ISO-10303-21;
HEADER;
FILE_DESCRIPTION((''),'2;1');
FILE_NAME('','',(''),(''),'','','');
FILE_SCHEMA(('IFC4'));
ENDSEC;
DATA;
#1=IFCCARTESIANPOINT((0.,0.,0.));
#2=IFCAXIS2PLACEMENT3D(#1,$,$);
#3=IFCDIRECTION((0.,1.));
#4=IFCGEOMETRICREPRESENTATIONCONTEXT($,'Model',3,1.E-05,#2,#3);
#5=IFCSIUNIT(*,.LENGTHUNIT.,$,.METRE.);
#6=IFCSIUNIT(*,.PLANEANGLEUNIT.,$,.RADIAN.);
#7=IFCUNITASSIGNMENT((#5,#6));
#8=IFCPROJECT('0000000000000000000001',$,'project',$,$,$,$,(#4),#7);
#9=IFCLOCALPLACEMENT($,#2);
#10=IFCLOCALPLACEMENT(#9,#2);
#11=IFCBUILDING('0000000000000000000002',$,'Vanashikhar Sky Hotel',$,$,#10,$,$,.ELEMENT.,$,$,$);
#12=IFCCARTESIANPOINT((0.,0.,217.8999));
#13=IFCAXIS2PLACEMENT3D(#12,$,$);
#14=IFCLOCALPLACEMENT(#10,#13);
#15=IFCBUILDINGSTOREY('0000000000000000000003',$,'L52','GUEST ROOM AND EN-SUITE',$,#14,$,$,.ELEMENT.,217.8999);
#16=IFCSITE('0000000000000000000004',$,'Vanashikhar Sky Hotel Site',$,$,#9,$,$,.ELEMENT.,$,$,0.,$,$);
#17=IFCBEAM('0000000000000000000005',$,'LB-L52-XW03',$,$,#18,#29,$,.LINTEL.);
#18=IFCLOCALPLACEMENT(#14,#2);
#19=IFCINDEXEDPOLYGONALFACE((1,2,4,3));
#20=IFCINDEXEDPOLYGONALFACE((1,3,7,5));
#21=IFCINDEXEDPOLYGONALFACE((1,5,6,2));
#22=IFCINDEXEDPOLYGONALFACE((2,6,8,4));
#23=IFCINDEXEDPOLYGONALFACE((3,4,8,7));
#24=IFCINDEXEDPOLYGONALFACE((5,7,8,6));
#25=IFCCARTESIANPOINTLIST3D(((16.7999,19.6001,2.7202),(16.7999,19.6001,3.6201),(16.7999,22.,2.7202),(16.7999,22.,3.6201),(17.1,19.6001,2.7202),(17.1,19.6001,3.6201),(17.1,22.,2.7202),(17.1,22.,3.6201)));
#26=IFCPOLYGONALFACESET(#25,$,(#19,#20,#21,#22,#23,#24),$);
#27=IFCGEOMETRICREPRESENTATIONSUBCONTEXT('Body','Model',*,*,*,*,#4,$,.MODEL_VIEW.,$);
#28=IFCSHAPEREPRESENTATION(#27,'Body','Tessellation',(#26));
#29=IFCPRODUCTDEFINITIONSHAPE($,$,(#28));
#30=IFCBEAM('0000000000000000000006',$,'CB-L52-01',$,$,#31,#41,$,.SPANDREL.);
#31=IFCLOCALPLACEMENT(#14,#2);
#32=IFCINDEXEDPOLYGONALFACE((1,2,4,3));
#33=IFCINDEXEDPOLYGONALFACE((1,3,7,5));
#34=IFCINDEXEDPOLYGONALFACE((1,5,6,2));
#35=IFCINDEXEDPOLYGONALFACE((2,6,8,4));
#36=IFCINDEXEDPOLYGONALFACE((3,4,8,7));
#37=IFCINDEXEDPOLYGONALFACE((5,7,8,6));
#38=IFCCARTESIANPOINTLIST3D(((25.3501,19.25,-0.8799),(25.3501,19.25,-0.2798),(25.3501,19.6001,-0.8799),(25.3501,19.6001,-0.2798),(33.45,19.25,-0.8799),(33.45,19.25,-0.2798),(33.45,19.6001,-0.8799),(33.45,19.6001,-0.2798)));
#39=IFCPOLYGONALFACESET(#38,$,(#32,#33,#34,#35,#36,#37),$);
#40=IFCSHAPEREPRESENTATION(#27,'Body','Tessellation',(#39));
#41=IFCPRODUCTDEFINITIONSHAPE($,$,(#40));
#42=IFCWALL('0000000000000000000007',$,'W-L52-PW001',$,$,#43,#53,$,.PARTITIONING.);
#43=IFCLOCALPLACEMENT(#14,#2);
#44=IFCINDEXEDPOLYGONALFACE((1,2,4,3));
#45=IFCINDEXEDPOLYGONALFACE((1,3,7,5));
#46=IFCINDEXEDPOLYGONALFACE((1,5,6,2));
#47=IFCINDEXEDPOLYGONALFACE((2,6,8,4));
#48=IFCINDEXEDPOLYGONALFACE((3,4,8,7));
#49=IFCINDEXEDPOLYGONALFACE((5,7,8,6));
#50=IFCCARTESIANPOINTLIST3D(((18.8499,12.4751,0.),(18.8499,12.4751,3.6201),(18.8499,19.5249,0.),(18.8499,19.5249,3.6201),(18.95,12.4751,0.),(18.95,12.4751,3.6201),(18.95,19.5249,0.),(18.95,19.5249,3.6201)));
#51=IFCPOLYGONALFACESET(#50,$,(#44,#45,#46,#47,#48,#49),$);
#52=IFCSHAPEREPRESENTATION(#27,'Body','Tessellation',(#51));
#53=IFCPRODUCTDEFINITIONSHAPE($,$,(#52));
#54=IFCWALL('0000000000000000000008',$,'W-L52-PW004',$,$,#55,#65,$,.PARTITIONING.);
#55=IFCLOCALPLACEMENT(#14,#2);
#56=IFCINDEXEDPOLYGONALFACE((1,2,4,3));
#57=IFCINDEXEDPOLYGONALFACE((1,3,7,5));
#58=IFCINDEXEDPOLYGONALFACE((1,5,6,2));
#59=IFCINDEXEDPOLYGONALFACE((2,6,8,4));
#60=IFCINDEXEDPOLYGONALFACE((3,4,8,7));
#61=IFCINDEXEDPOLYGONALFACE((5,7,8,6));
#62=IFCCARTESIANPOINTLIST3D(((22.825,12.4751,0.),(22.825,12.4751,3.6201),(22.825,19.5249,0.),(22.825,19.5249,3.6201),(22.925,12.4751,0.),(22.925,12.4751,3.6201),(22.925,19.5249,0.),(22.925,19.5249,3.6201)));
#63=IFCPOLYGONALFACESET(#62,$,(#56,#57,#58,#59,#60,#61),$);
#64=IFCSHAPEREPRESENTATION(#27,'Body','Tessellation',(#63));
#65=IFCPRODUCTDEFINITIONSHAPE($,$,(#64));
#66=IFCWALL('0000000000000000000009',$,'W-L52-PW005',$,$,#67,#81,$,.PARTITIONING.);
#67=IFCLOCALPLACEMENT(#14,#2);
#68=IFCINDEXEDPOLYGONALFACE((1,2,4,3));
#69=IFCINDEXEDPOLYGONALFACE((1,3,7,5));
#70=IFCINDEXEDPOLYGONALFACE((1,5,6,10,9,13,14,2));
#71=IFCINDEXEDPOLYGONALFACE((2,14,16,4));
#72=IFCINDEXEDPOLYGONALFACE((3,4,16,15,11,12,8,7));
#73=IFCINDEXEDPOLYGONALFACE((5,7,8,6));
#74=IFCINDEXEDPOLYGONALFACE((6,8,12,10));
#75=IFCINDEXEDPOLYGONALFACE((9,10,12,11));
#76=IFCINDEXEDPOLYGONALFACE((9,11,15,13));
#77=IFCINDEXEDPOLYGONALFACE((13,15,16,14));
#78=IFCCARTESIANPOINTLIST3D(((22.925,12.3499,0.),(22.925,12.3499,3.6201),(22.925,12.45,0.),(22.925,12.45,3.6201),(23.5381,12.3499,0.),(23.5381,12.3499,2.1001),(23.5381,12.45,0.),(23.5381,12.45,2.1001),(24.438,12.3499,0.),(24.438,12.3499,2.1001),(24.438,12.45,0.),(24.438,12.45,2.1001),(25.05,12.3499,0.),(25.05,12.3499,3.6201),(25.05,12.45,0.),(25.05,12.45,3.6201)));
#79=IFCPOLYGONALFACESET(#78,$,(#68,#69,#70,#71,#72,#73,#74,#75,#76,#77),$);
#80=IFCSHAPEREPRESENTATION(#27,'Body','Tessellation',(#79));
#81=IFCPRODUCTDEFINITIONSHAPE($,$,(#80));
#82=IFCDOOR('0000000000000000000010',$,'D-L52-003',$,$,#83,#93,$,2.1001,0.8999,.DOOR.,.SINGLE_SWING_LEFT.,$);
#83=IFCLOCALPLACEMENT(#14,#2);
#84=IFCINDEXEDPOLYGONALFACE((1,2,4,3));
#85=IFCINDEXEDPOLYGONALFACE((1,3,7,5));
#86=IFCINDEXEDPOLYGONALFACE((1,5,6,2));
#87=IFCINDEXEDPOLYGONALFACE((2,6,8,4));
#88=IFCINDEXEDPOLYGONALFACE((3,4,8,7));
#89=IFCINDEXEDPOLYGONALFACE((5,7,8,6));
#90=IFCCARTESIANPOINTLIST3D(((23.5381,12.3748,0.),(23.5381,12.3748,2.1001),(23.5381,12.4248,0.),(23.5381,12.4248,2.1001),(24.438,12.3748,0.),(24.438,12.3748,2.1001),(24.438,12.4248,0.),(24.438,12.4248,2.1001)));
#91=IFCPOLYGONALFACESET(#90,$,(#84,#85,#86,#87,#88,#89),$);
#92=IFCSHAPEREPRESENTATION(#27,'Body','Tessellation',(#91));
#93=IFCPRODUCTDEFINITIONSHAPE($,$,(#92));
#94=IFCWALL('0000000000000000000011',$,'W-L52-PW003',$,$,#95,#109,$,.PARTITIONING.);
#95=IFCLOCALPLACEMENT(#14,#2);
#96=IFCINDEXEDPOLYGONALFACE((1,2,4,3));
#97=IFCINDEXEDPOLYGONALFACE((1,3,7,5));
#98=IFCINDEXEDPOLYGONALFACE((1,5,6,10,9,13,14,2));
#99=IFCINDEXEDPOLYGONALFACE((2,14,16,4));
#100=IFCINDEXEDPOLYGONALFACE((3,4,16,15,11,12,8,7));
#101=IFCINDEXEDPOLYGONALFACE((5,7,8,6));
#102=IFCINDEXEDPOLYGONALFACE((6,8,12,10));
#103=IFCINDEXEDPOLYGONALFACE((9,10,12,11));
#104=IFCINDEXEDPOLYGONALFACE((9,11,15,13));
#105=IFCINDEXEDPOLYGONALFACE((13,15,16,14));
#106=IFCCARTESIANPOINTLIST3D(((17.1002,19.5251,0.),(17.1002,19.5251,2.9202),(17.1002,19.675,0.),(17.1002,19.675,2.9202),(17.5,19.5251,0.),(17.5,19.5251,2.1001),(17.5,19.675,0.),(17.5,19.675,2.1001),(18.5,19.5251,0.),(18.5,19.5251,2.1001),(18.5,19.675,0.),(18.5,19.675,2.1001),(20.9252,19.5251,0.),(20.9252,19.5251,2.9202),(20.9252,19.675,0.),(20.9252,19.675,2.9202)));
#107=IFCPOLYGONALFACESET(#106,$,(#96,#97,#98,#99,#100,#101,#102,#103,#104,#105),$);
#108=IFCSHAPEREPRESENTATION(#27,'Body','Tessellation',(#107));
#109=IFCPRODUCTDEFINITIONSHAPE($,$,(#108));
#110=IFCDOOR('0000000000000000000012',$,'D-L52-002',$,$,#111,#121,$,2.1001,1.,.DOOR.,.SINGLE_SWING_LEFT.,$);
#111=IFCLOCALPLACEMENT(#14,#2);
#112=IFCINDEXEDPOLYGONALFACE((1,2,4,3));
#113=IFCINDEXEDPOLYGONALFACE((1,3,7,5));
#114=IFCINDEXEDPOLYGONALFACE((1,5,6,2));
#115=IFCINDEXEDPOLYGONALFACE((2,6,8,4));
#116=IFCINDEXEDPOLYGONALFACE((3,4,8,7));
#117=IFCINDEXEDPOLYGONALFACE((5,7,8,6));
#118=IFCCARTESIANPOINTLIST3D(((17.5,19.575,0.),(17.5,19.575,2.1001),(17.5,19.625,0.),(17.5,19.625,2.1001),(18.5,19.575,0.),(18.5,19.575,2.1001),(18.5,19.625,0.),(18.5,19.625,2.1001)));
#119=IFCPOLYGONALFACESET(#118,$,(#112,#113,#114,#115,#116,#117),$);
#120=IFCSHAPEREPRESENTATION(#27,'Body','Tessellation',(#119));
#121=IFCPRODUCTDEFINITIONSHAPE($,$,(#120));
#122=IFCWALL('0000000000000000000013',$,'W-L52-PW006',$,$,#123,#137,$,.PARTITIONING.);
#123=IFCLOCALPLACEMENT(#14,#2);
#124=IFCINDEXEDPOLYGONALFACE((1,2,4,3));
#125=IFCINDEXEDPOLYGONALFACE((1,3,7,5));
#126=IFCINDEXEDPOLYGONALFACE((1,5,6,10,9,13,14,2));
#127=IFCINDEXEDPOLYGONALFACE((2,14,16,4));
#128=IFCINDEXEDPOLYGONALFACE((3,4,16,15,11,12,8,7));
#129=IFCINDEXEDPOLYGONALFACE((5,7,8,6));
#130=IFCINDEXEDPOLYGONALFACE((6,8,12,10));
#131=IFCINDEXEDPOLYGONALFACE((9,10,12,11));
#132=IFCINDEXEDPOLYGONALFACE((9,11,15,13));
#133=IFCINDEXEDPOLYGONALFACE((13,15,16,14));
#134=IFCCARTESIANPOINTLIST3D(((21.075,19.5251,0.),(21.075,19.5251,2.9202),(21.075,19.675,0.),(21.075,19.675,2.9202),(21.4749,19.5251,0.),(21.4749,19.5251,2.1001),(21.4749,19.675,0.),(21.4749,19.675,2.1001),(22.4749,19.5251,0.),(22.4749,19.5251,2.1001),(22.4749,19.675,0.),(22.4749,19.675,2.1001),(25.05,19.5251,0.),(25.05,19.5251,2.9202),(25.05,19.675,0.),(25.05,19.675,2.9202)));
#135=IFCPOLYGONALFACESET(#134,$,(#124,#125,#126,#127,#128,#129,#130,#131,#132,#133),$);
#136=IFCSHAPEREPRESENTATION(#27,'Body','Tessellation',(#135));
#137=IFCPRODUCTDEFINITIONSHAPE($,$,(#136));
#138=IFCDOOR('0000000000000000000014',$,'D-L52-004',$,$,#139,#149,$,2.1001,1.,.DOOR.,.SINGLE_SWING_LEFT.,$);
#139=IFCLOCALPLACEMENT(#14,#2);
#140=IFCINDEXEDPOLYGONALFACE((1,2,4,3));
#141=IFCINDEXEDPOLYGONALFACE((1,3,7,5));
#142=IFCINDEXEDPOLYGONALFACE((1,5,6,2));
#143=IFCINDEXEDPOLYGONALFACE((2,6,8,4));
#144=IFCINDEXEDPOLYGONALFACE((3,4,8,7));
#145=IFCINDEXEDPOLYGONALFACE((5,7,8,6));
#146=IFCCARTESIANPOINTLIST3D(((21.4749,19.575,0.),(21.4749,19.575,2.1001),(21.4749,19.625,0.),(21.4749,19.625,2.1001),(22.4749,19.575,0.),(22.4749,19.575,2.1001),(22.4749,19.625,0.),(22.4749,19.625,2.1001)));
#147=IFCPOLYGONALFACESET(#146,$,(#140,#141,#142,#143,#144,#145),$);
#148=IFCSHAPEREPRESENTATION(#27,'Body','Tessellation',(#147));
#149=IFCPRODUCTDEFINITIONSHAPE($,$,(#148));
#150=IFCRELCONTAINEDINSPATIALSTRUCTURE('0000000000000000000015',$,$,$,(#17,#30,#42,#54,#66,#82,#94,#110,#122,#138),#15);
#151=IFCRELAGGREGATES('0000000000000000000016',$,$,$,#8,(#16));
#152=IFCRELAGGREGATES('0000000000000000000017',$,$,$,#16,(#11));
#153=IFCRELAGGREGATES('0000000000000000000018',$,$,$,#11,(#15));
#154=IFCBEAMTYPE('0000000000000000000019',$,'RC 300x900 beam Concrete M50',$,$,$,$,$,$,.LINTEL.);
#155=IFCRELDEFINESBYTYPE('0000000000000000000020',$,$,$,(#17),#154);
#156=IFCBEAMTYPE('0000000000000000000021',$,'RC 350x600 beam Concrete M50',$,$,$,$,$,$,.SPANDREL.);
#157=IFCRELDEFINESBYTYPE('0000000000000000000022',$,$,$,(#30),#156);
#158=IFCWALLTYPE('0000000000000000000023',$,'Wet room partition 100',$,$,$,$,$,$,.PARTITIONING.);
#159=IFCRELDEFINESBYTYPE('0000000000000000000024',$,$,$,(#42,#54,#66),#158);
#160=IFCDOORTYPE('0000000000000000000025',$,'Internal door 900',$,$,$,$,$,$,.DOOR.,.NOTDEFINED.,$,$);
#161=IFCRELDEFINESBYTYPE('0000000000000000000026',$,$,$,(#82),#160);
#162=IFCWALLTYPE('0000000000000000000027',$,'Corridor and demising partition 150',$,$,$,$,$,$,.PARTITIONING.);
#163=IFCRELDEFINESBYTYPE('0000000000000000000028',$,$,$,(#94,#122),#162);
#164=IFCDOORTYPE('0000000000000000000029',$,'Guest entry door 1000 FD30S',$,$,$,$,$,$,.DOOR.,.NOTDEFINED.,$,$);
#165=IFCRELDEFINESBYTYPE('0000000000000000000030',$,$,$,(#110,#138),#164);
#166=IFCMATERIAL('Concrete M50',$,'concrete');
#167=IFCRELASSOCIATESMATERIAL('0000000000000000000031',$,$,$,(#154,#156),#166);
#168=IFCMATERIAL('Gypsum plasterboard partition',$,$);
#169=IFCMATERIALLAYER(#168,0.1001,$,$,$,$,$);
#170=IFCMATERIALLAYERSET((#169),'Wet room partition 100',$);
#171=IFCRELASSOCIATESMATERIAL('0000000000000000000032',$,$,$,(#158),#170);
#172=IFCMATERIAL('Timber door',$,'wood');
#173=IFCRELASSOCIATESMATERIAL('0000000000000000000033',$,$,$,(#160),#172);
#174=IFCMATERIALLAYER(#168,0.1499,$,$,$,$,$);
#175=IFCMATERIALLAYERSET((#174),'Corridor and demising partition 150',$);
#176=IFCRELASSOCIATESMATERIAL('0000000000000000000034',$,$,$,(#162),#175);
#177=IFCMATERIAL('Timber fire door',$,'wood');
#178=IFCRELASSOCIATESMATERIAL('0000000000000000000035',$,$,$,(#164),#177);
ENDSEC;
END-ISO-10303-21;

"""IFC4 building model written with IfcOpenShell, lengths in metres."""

from ifc_helpers import new_model, si_unit, direction, frame, frame_2d, origin, origin_2d, place, context, subcontext, project, spatial, rectangle, extrude, source, transform, mapped, material, layer, layer_set, material_profile, profile_set, type_object, element, fill, save


model = new_model("IFC4")

# Units and contexts
model_context = context("Model", 3, precision=1e-05, world=origin(), true_north=direction((0.0, 1.0)))
body_context = subcontext(model_context, "Body", "Model", "MODEL_VIEW")
ifc_project = project(units=[si_unit("LENGTHUNIT", "METRE"), si_unit("PLANEANGLEUNIT", "RADIAN")], contexts=[model_context])

# Site, building, storey
site_placement = place(None, origin())
site = spatial("IfcSite", under=ifc_project, at=site_placement, Name="Vanashikhar Sky Hotel Site", CompositionType="ELEMENT", RefElevation=0.0)
building_placement = place(site_placement, origin())
building = spatial("IfcBuilding", under=site, at=building_placement, Name="Vanashikhar Sky Hotel", CompositionType="ELEMENT")
storey_placement = place(building_placement, frame((0.0, 0.0, 217.8999)))
storey = spatial("IfcBuildingStorey", under=building, at=storey_placement, Name="L52", Description="GUEST ROOM AND EN-SUITE", CompositionType="ELEMENT", Elevation=217.8999)

# Beams
ifc_material_1 = material(Name="Concrete M50", Category="concrete")
ifc_material_profile_1 = material_profile(ifc_material_1, rectangle(XDim=0.3, YDim=0.8999, at=origin_2d()))
ifc_profile_set_1 = profile_set([ifc_material_profile_1], Name="RC 300x900 beam Concrete M50")
beam_type_1 = type_object("IfcBeamType", Name="RC 300x900 beam Concrete M50", PredefinedType="LINTEL", material=ifc_profile_set_1)
shared_shape_1 = source(origin(), body_context, "Body", "SweptSolid", [
    extrude(rectangle(XDim=0.3, YDim=0.8999, at=origin_2d()), origin(), (0.0, 0.0, 1.0), 2.3999),
])
beam_1_placement = place(storey_placement, frame((16.95, 19.6001, 3.1702), z_axis=(0.0, 1.0, 0.0), x_axis=(-1.0, 0.0, 0.0)))
element("IfcBeam", 1, at=beam_1_placement, inside=storey, type_object=beam_type_1, Name="LB-L52-XW03", PredefinedType="LINTEL", context=body_context, shape_type="MappedRepresentation", body=[
    mapped(shared_shape_1, transform((0.0, 0.0, 0.0), scale=1.0)),
])
ifc_material_profile_2 = material_profile(ifc_material_1, rectangle(XDim=0.3501, YDim=0.6001, at=origin_2d()))
ifc_profile_set_2 = profile_set([ifc_material_profile_2], Name="RC 350x600 beam Concrete M50")
beam_type_2 = type_object("IfcBeamType", Name="RC 350x600 beam Concrete M50", PredefinedType="SPANDREL", material=ifc_profile_set_2)
shared_shape_2 = source(origin(), body_context, "Body", "SweptSolid", [
    extrude(rectangle(XDim=0.3501, YDim=0.6001, at=origin_2d()), origin(), (0.0, 0.0, 1.0), 8.0999),
])
beam_2_placement = place(storey_placement, frame((25.3501, 19.425, -0.5798), z_axis=(1.0, 0.0, 0.0), x_axis=(0.0, 1.0, 0.0)))
element("IfcBeam", 2, at=beam_2_placement, inside=storey, type_object=beam_type_2, Name="CB-L52-01", PredefinedType="SPANDREL", context=body_context, shape_type="MappedRepresentation", body=[
    mapped(shared_shape_2, transform((0.0, 0.0, 0.0), scale=1.0)),
])

# Walls
ifc_material_2 = material(Name="Gypsum plasterboard partition")
ifc_layer_1 = layer(ifc_material_2, 0.1001)
ifc_layer_set_1 = layer_set([ifc_layer_1], Name="Wet room partition 100")
wall_type_1 = type_object("IfcWallType", Name="Wet room partition 100", PredefinedType="PARTITIONING", material=ifc_layer_set_1)
shared_shape_3 = source(origin(), body_context, "Body", "SweptSolid", [
    extrude(rectangle(XDim=7.0498, YDim=0.1001, at=frame_2d((3.5249, 0.0))), origin(), (0.0, 0.0, 1.0), 3.6201),
])
for number, where, z_axis, x_axis, name in (
    (3, (18.8999, 12.4751, 0.0), (0.0, 0.0, 1.0), (0.0, 1.0, 0.0), "W-L52-PW001"),
    (4, (22.875, 12.4751, 0.0), (0.0, 0.0, 1.0), (0.0, 1.0, 0.0), "W-L52-PW004"),
):
    element("IfcWall", number, at=place(storey_placement, frame(where, z_axis=z_axis, x_axis=x_axis)), inside=storey, type_object=wall_type_1, Name=name, PredefinedType="PARTITIONING", context=body_context, shape_type="MappedRepresentation", body=[
        mapped(shared_shape_3, transform((0.0, 0.0, 0.0), scale=1.0)),
    ])

# Walls, openings, doors
shared_shape_4 = source(origin(), body_context, "Body", "SweptSolid", [
    extrude(rectangle(XDim=2.125, YDim=0.1001, at=frame_2d((1.0625, 0.0))), origin(), (0.0, 0.0, 1.0), 3.6201),
])
wall_1_placement = place(storey_placement, frame((22.925, 12.3999, 0.0), z_axis=(0.0, 0.0, 1.0), x_axis=(1.0, 0.0, 0.0)))
wall_1 = element("IfcWall", 5, at=wall_1_placement, inside=storey, type_object=wall_type_1, Name="W-L52-PW005", PredefinedType="PARTITIONING", context=body_context, shape_type="MappedRepresentation", body=[
    mapped(shared_shape_4, transform((0.0, 0.0, 0.0), scale=1.0)),
])
shared_shape_5 = source(origin(), body_context, "Body", "SweptSolid", [
    extrude(rectangle(XDim=0.8999, YDim=2.1001, at=frame_2d((0.45, 1.05))), frame((0.0, 0.0601, 0.0), z_axis=(0.0, -1.0, 0.0), x_axis=(1.0, 0.0, 0.0)), (0.0, 0.0, 1.0), 0.1201),
])
opening_1_placement = place(wall_1_placement, frame((0.613, 0.0, 0.0)))
opening_1 = element("IfcOpeningElement", 6, at=opening_1_placement, cuts=wall_1, PredefinedType="OPENING", context=body_context, shape_type="MappedRepresentation", body=[
    mapped(shared_shape_5, transform((0.0, 0.0, 0.0), scale=1.0)),
])
ifc_material_3 = material(Name="Timber door", Category="wood")
door_type_1 = type_object("IfcDoorType", Name="Internal door 900", OperationType="NOTDEFINED", PredefinedType="DOOR", material=ifc_material_3)
shared_shape_6 = source(origin(), body_context, "Body", "SweptSolid", [
    extrude(rectangle(XDim=0.8999, YDim=2.1001, at=frame_2d((0.45, 1.05))), frame((0.0, 0.0249, 0.0), z_axis=(0.0, -1.0, 0.0), x_axis=(1.0, 0.0, 0.0)), (0.0, 0.0, 1.0), 0.05),
])
door_1_placement = place(opening_1_placement, origin())
door_1 = element("IfcDoor", 7, at=door_1_placement, inside=storey, type_object=door_type_1, Name="D-L52-003", OperationType="SINGLE_SWING_LEFT", OverallHeight=2.1001, OverallWidth=0.8999, PredefinedType="DOOR", context=body_context, shape_type="MappedRepresentation", body=[
    mapped(shared_shape_6, transform((0.0, 0.0, 0.0), scale=1.0)),
])
fill(opening_1, door_1)
ifc_layer_2 = layer(ifc_material_2, 0.1499)
ifc_layer_set_2 = layer_set([ifc_layer_2], Name="Corridor and demising partition 150")
wall_type_2 = type_object("IfcWallType", Name="Corridor and demising partition 150", PredefinedType="PARTITIONING", material=ifc_layer_set_2)
shared_shape_7 = source(origin(), body_context, "Body", "SweptSolid", [
    extrude(rectangle(XDim=3.825, YDim=0.1499, at=frame_2d((1.9126, 0.0))), origin(), (0.0, 0.0, 1.0), 2.9202),
])
wall_2_placement = place(storey_placement, frame((17.1001, 19.6001, 0.0), z_axis=(0.0, 0.0, 1.0), x_axis=(1.0, 0.0, 0.0)))
wall_2 = element("IfcWall", 8, at=wall_2_placement, inside=storey, type_object=wall_type_2, Name="W-L52-PW003", PredefinedType="PARTITIONING", context=body_context, shape_type="MappedRepresentation", body=[
    mapped(shared_shape_7, transform((0.0, 0.0, 0.0), scale=1.0)),
])
shared_shape_8 = source(origin(), body_context, "Body", "SweptSolid", [
    extrude(rectangle(XDim=1.0, YDim=2.1001, at=frame_2d((0.5, 1.05))), frame((0.0, 0.085, 0.0), z_axis=(0.0, -1.0, 0.0), x_axis=(1.0, 0.0, 0.0)), (0.0, 0.0, 1.0), 0.1699),
])
opening_2_placement = place(wall_2_placement, frame((0.3999, 0.0, 0.0)))
opening_2 = element("IfcOpeningElement", 9, at=opening_2_placement, cuts=wall_2, PredefinedType="OPENING", context=body_context, shape_type="MappedRepresentation", body=[
    mapped(shared_shape_8, transform((0.0, 0.0, 0.0), scale=1.0)),
])
ifc_material_4 = material(Name="Timber fire door", Category="wood")
door_type_2 = type_object("IfcDoorType", Name="Guest entry door 1000 FD30S", OperationType="NOTDEFINED", PredefinedType="DOOR", material=ifc_material_4)
shared_shape_9 = source(origin(), body_context, "Body", "SweptSolid", [
    extrude(rectangle(XDim=1.0, YDim=2.1001, at=frame_2d((0.5, 1.05))), frame((0.0, 0.0249, 0.0), z_axis=(0.0, -1.0, 0.0), x_axis=(1.0, 0.0, 0.0)), (0.0, 0.0, 1.0), 0.05),
])
door_2_placement = place(opening_2_placement, origin())
door_2 = element("IfcDoor", 10, at=door_2_placement, inside=storey, type_object=door_type_2, Name="D-L52-002", OperationType="SINGLE_SWING_LEFT", OverallHeight=2.1001, OverallWidth=1.0, PredefinedType="DOOR", context=body_context, shape_type="MappedRepresentation", body=[
    mapped(shared_shape_9, transform((0.0, 0.0, 0.0), scale=1.0)),
])
fill(opening_2, door_2)
shared_shape_10 = source(origin(), body_context, "Body", "SweptSolid", [
    extrude(rectangle(XDim=3.9751, YDim=0.1499, at=frame_2d((1.9875, 0.0))), origin(), (0.0, 0.0, 1.0), 2.9202),
])
wall_3_placement = place(storey_placement, frame((21.075, 19.6001, 0.0), z_axis=(0.0, 0.0, 1.0), x_axis=(1.0, 0.0, 0.0)))
wall_3 = element("IfcWall", 11, at=wall_3_placement, inside=storey, type_object=wall_type_2, Name="W-L52-PW006", PredefinedType="PARTITIONING", context=body_context, shape_type="MappedRepresentation", body=[
    mapped(shared_shape_10, transform((0.0, 0.0, 0.0), scale=1.0)),
])
opening_3_placement = place(wall_3_placement, frame((0.3999, 0.0, 0.0)))
opening_3 = element("IfcOpeningElement", 12, at=opening_3_placement, cuts=wall_3, PredefinedType="OPENING", context=body_context, shape_type="MappedRepresentation", body=[
    mapped(shared_shape_8, transform((0.0, 0.0, 0.0), scale=1.0)),
])
door_3_placement = place(opening_3_placement, origin())
door_3 = element("IfcDoor", 13, at=door_3_placement, inside=storey, type_object=door_type_2, Name="D-L52-004", OperationType="SINGLE_SWING_LEFT", OverallHeight=2.1001, OverallWidth=1.0, PredefinedType="DOOR", context=body_context, shape_type="MappedRepresentation", body=[
    mapped(shared_shape_9, transform((0.0, 0.0, 0.0), scale=1.0)),
])
fill(opening_3, door_3)

save(model, "model.ifc")
